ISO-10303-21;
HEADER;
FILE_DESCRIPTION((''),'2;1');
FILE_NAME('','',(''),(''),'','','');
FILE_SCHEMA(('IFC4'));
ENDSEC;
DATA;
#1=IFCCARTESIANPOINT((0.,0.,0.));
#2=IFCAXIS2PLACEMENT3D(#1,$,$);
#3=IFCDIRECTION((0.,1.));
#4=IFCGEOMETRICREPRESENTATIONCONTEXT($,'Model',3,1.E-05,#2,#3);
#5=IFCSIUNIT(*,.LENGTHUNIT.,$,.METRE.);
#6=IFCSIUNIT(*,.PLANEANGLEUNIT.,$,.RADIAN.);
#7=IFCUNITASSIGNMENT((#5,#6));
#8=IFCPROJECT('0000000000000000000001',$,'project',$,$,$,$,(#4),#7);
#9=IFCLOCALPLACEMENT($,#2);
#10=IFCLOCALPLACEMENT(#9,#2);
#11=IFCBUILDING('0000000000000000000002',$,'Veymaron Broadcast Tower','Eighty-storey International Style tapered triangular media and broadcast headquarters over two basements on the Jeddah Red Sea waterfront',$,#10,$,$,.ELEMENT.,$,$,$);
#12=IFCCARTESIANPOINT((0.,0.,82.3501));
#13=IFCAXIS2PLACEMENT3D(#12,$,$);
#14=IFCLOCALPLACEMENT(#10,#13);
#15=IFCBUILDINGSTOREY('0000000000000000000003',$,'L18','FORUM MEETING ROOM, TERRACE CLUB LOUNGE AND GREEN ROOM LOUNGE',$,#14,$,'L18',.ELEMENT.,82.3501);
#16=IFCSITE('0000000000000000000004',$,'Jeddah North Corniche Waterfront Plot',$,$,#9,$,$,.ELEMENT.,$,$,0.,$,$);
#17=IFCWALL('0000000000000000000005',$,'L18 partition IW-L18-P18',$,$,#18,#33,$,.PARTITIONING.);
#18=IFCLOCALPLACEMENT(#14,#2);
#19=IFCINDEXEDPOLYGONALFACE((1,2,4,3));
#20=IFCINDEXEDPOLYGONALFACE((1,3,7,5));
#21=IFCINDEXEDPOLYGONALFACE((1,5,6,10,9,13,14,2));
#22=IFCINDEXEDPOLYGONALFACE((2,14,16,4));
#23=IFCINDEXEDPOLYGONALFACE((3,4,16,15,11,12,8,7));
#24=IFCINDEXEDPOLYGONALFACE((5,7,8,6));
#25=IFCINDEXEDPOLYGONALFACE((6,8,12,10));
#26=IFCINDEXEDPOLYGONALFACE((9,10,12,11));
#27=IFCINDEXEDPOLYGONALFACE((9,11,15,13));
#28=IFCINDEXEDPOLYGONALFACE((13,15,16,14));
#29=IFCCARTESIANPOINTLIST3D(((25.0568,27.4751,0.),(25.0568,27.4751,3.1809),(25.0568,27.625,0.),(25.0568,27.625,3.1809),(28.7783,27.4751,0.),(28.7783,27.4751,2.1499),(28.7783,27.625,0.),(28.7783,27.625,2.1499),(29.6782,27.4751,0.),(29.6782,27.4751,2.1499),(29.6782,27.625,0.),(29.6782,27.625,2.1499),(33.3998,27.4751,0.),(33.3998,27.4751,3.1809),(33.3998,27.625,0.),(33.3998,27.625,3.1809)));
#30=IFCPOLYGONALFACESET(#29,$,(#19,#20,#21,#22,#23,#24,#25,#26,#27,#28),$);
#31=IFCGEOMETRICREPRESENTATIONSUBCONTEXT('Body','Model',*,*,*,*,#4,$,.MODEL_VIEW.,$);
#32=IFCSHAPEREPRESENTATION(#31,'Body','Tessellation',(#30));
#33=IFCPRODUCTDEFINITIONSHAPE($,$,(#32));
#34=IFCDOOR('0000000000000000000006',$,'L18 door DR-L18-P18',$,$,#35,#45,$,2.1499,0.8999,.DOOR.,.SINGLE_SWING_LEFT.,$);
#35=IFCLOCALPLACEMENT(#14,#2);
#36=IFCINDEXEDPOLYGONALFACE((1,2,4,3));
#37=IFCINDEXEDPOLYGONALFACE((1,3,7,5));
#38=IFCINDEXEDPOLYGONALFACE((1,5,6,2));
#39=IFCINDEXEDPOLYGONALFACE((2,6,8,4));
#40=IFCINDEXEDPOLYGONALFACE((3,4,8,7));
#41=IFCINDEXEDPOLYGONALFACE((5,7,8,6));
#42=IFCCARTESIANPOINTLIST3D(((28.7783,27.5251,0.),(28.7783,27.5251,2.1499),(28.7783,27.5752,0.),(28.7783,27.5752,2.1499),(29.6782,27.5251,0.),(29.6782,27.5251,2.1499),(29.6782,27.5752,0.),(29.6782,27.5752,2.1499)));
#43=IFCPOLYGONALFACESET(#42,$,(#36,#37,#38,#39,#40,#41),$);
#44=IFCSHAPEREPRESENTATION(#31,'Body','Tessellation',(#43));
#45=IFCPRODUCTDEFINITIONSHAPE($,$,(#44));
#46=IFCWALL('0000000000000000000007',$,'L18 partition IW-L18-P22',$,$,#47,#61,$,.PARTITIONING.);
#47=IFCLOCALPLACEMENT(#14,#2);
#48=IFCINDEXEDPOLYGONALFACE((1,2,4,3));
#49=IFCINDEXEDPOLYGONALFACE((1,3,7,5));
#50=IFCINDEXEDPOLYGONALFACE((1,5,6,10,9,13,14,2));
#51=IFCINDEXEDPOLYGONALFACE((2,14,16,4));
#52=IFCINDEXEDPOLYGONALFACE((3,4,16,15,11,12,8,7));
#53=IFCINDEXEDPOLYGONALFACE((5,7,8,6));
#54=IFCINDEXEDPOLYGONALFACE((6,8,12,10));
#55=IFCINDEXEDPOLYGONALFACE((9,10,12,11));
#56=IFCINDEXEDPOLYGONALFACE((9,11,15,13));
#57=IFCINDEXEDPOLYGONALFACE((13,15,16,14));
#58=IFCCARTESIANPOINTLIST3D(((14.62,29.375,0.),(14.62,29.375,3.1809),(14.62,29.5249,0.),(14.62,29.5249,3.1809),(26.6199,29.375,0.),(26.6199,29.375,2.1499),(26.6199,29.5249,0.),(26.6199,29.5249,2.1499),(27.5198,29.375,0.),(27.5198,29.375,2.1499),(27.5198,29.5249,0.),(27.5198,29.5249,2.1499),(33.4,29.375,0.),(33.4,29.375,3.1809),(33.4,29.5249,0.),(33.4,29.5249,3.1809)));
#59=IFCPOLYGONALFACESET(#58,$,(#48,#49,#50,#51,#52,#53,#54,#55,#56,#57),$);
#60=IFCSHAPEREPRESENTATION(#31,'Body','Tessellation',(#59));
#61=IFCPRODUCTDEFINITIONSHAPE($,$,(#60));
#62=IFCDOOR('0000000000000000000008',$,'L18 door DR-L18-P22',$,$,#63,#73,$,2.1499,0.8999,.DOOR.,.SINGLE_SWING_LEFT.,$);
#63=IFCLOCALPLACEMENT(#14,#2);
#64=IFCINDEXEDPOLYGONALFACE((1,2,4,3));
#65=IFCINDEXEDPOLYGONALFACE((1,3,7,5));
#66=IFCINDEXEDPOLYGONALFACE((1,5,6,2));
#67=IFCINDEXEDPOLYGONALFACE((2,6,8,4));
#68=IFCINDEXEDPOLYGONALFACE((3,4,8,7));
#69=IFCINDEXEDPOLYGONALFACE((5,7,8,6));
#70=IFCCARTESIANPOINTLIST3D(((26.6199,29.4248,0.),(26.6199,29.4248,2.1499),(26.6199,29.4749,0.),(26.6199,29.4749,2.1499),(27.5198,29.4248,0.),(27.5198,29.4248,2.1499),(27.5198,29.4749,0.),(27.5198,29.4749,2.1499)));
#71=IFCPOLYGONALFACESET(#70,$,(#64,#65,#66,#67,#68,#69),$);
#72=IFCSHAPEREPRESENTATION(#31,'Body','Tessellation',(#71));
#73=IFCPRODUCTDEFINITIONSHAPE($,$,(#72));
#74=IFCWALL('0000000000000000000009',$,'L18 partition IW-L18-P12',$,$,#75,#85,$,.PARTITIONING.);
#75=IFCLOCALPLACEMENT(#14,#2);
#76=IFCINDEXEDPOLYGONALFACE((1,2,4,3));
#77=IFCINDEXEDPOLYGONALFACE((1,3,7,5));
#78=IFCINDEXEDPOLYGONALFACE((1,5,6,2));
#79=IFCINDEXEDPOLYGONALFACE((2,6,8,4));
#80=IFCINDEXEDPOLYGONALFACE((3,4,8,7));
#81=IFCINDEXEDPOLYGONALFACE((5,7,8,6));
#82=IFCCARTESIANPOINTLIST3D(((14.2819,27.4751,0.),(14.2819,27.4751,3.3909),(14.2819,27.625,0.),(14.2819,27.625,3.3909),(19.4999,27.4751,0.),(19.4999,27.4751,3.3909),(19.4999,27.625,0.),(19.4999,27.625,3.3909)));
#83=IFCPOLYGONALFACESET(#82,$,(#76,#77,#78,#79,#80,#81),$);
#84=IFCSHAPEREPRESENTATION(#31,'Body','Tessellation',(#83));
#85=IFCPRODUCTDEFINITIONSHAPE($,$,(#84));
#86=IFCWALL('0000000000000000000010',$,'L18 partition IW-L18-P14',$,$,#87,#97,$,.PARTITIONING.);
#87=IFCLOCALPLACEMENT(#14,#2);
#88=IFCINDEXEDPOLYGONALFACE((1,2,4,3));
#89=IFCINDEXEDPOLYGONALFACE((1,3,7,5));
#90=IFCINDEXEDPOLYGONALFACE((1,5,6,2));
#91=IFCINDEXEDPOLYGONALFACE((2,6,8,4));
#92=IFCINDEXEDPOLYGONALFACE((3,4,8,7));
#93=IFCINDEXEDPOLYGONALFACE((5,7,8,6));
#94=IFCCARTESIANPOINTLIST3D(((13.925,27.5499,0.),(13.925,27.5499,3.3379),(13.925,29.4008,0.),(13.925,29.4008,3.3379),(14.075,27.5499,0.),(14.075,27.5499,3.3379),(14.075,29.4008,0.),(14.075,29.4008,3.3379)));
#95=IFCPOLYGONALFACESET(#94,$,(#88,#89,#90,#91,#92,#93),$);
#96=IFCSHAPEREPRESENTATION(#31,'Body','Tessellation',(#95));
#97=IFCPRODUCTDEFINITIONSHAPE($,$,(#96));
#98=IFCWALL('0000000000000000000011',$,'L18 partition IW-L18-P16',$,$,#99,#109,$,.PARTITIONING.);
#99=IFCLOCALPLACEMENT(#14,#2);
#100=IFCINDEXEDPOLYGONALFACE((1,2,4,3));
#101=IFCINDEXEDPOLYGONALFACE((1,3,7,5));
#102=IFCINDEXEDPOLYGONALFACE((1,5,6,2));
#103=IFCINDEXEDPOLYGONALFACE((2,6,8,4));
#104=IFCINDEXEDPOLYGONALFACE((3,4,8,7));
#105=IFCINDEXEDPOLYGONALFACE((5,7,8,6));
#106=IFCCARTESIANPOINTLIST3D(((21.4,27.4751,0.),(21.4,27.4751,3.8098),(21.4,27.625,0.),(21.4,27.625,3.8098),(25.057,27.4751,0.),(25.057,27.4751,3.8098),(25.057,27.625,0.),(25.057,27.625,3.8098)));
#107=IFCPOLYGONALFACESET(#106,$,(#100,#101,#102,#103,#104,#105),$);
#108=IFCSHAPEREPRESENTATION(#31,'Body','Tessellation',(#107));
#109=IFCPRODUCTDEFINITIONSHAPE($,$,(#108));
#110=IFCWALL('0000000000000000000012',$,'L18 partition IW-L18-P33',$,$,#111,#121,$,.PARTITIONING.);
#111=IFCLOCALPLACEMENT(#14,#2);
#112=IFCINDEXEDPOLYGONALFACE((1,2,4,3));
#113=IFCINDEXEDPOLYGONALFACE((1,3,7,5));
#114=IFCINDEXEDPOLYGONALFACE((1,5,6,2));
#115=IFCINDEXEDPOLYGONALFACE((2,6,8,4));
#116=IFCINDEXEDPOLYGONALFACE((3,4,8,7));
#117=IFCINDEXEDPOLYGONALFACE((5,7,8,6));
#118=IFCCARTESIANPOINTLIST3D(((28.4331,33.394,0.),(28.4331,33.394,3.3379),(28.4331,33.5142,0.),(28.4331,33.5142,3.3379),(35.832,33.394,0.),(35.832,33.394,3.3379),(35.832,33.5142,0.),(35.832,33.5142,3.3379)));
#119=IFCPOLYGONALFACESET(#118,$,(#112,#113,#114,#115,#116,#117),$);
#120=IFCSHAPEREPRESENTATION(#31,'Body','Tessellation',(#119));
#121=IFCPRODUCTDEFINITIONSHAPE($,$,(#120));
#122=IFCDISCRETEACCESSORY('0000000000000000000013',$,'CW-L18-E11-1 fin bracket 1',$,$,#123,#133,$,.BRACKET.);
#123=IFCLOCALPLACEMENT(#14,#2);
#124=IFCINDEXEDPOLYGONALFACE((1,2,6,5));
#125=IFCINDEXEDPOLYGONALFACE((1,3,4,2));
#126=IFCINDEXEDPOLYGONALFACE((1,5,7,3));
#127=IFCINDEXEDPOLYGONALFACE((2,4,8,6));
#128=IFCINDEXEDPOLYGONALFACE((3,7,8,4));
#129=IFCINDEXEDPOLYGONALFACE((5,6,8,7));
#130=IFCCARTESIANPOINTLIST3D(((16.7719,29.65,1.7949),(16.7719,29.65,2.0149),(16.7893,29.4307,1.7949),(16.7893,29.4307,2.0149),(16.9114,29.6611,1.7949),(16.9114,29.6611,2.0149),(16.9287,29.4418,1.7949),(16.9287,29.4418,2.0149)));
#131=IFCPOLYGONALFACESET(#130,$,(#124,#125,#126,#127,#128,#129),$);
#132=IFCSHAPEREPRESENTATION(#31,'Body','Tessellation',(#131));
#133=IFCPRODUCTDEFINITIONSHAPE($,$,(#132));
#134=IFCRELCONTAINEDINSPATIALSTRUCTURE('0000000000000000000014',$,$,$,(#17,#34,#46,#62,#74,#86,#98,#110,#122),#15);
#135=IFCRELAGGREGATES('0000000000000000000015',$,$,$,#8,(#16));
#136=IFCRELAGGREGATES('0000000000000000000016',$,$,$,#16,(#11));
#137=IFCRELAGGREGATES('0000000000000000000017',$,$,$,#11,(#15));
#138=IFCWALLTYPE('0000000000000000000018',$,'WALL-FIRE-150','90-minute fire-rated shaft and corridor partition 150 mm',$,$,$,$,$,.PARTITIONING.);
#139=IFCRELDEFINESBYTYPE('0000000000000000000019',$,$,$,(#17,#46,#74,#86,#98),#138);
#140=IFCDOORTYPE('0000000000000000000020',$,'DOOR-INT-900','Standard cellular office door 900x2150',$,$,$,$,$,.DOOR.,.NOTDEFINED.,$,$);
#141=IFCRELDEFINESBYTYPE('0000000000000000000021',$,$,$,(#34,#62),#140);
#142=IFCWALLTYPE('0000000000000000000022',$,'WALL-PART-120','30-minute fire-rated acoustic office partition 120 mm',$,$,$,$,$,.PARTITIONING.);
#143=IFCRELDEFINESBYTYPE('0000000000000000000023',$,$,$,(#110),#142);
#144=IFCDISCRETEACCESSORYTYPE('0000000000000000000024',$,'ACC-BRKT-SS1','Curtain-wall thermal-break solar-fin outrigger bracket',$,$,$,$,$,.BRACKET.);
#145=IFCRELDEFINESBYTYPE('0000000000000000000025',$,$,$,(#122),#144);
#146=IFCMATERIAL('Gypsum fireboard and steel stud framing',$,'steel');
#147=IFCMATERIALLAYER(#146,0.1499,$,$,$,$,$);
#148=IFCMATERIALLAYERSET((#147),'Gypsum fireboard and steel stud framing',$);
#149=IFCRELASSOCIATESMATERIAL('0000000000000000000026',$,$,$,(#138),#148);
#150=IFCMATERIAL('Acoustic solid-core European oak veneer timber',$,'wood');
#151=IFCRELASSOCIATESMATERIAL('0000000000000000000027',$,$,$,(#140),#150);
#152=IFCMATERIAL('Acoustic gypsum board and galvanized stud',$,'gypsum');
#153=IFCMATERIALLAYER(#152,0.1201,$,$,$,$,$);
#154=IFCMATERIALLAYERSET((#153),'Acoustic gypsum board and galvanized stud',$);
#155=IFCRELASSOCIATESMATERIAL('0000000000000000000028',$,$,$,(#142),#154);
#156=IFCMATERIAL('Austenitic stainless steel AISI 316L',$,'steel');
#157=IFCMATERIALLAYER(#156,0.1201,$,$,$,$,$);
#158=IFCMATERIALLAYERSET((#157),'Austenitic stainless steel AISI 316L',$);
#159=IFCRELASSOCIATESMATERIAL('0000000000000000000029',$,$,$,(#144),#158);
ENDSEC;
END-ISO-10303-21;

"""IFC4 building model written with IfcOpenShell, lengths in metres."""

from ifc_helpers import new_model, si_unit, direction, frame, frame_2d, origin, origin_2d, place, context, subcontext, project, spatial, rectangle, extrude, material, layer, layer_set, type_object, element, fill, save


model = new_model("IFC4")

# Units and contexts
model_context = context("Model", 3, precision=1e-05, world=origin(), true_north=direction((0.0, 1.0)))
body_context = subcontext(model_context, "Body", "Model", "MODEL_VIEW")
ifc_project = project(units=[si_unit("LENGTHUNIT", "METRE"), si_unit("PLANEANGLEUNIT", "RADIAN")], contexts=[model_context])

# Site, building, storey
site_placement = place(None, origin())
site = spatial("IfcSite", under=ifc_project, at=site_placement, Name="Jeddah North Corniche Waterfront Plot", CompositionType="ELEMENT", RefElevation=0.0)
building_placement = place(site_placement, origin())
building = spatial("IfcBuilding", under=site, at=building_placement, Name="Veymaron Broadcast Tower", Description="Eighty-storey International Style tapered triangular media and broadcast headquarters over two basements on the Jeddah Red Sea waterfront", CompositionType="ELEMENT")
storey_placement = place(building_placement, frame((0.0, 0.0, 82.3501)))
storey = spatial("IfcBuildingStorey", under=building, at=storey_placement, Name="L18", Description="FORUM MEETING ROOM, TERRACE CLUB LOUNGE AND GREEN ROOM LOUNGE", LongName="L18", CompositionType="ELEMENT", Elevation=82.3501)

# Walls, openings, doors
ifc_material_1 = material(Name="Gypsum fireboard and steel stud framing", Category="steel")
ifc_layer_1 = layer(ifc_material_1, 0.1499)
ifc_layer_set_1 = layer_set([ifc_layer_1], Name="Gypsum fireboard and steel stud framing")
wall_type_1 = type_object("IfcWallType", Name="WALL-FIRE-150", Description="90-minute fire-rated shaft and corridor partition 150 mm", PredefinedType="PARTITIONING", material=ifc_layer_set_1)
wall_1_placement = place(storey_placement, frame((25.0569, 27.55, 0.0), z_axis=(0.0, 0.0, 1.0), x_axis=(1.0, 0.0, 0.0)))
wall_1 = element("IfcWall", 1, at=wall_1_placement, inside=storey, type_object=wall_type_1, Name="L18 partition IW-L18-P18", PredefinedType="PARTITIONING", context=body_context, shape_type="SweptSolid", body=[
    extrude(rectangle(XDim=8.343, YDim=0.1499, at=frame_2d((4.1714, 0.0))), origin(), (0.0, 0.0, 1.0), 3.1809),
])
opening_1_placement = place(wall_1_placement, frame((3.7214, 0.0, 0.0)))
opening_1 = element("IfcOpeningElement", 2, at=opening_1_placement, cuts=wall_1, PredefinedType="OPENING", context=body_context, shape_type="SweptSolid", body=[
    extrude(rectangle(XDim=0.8999, YDim=2.1499, at=frame_2d((0.45, 1.075))), frame((0.0, 0.085, 0.0), z_axis=(0.0, -1.0, 0.0), x_axis=(1.0, 0.0, 0.0)), (0.0, 0.0, 1.0), 0.1699),
])
ifc_material_2 = material(Name="Acoustic solid-core European oak veneer timber", Category="wood")
door_type = type_object("IfcDoorType", Name="DOOR-INT-900", Description="Standard cellular office door 900x2150", OperationType="NOTDEFINED", PredefinedType="DOOR", material=ifc_material_2)
door_1_placement = place(opening_1_placement, frame((0.8999, 0.0, 0.0), z_axis=(0.0, 0.0, 1.0), x_axis=(-1.0, 0.0, 0.0)))
door_1 = element("IfcDoor", 3, at=door_1_placement, inside=storey, type_object=door_type, Name="L18 door DR-L18-P18", OperationType="SINGLE_SWING_LEFT", OverallHeight=2.1499, OverallWidth=0.8999, PredefinedType="DOOR", context=body_context, shape_type="SweptSolid", body=[
    extrude(rectangle(XDim=0.8999, YDim=2.1499, at=frame_2d((0.45, 1.075))), frame((0.0, 0.0249, 0.0), z_axis=(0.0, -1.0, 0.0), x_axis=(1.0, 0.0, 0.0)), (0.0, 0.0, 1.0), 0.05),
])
fill(opening_1, door_1)
wall_2_placement = place(storey_placement, frame((14.6199, 29.45, 0.0), z_axis=(0.0, 0.0, 1.0), x_axis=(1.0, 0.0, 0.0)))
wall_2 = element("IfcWall", 4, at=wall_2_placement, inside=storey, type_object=wall_type_1, Name="L18 partition IW-L18-P22", PredefinedType="PARTITIONING", context=body_context, shape_type="SweptSolid", body=[
    extrude(rectangle(XDim=18.78, YDim=0.1499, at=frame_2d((9.3901, 0.0))), origin(), (0.0, 0.0, 1.0), 3.1809),
])
opening_2_placement = place(wall_2_placement, frame((12.0, 0.0, 0.0)))
opening_2 = element("IfcOpeningElement", 5, at=opening_2_placement, cuts=wall_2, PredefinedType="OPENING", context=body_context, shape_type="SweptSolid", body=[
    extrude(rectangle(XDim=0.8999, YDim=2.1499, at=frame_2d((0.45, 1.075))), frame((0.0, 0.085, 0.0), z_axis=(0.0, -1.0, 0.0), x_axis=(1.0, 0.0, 0.0)), (0.0, 0.0, 1.0), 0.1699),
])
door_2_placement = place(opening_2_placement, origin())
door_2 = element("IfcDoor", 6, at=door_2_placement, inside=storey, type_object=door_type, Name="L18 door DR-L18-P22", OperationType="SINGLE_SWING_LEFT", OverallHeight=2.1499, OverallWidth=0.8999, PredefinedType="DOOR", context=body_context, shape_type="SweptSolid", body=[
    extrude(rectangle(XDim=0.8999, YDim=2.1499, at=frame_2d((0.45, 1.075))), frame((0.0, 0.0249, 0.0), z_axis=(0.0, -1.0, 0.0), x_axis=(1.0, 0.0, 0.0)), (0.0, 0.0, 1.0), 0.05),
])
fill(opening_2, door_2)

# Walls
wall_3_placement = place(storey_placement, frame((14.282, 27.55, 0.0), z_axis=(0.0, 0.0, 1.0), x_axis=(1.0, 0.0, 0.0)))
element("IfcWall", 7, at=wall_3_placement, inside=storey, type_object=wall_type_1, Name="L18 partition IW-L18-P12", PredefinedType="PARTITIONING", context=body_context, shape_type="SweptSolid", body=[
    extrude(rectangle(XDim=5.218, YDim=0.1499, at=frame_2d((2.6089, 0.0))), origin(), (0.0, 0.0, 1.0), 3.3909),
])
wall_4_placement = place(storey_placement, frame((14.0, 27.55, 0.0), z_axis=(0.0, 0.0, 1.0), x_axis=(0.0, 1.0, 0.0)))
element("IfcWall", 8, at=wall_4_placement, inside=storey, type_object=wall_type_1, Name="L18 partition IW-L18-P14", PredefinedType="PARTITIONING", context=body_context, shape_type="SweptSolid", body=[
    extrude(rectangle(XDim=1.8508, YDim=0.1499, at=frame_2d((0.9253, 0.0))), origin(), (0.0, 0.0, 1.0), 3.3379),
])
wall_5_placement = place(storey_placement, frame((21.3999, 27.55, 0.0), z_axis=(0.0, 0.0, 1.0), x_axis=(1.0, 0.0, 0.0)))
element("IfcWall", 9, at=wall_5_placement, inside=storey, type_object=wall_type_1, Name="L18 partition IW-L18-P16", PredefinedType="PARTITIONING", context=body_context, shape_type="SweptSolid", body=[
    extrude(rectangle(XDim=3.657, YDim=0.1499, at=frame_2d((1.8286, 0.0))), origin(), (0.0, 0.0, 1.0), 3.8098),
])
ifc_material_3 = material(Name="Acoustic gypsum board and galvanized stud", Category="gypsum")
ifc_layer_2 = layer(ifc_material_3, 0.1201)
ifc_layer_set_2 = layer_set([ifc_layer_2], Name="Acoustic gypsum board and galvanized stud")
wall_type_2 = type_object("IfcWallType", Name="WALL-PART-120", Description="30-minute fire-rated acoustic office partition 120 mm", PredefinedType="PARTITIONING", material=ifc_layer_set_2)
wall_6_placement = place(storey_placement, frame((28.4331, 33.4541, 0.0), z_axis=(0.0, 0.0, 1.0), x_axis=(1.0, 0.0, 0.0)))
element("IfcWall", 10, at=wall_6_placement, inside=storey, type_object=wall_type_2, Name="L18 partition IW-L18-P33", PredefinedType="PARTITIONING", context=body_context, shape_type="SweptSolid", body=[
    extrude(rectangle(XDim=7.3989, YDim=0.1201, at=frame_2d((3.6995, 0.0))), origin(), (0.0, 0.0, 1.0), 3.3379),
])

# Discrete accessory
ifc_material_4 = material(Name="Austenitic stainless steel AISI 316L", Category="steel")
ifc_layer_3 = layer(ifc_material_4, 0.1201)
ifc_layer_set_3 = layer_set([ifc_layer_3], Name="Austenitic stainless steel AISI 316L")
discrete_accessory_type = type_object("IfcDiscreteAccessoryType", Name="ACC-BRKT-SS1", Description="Curtain-wall thermal-break solar-fin outrigger bracket", PredefinedType="BRACKET", material=ifc_layer_set_3)
discrete_accessory_placement = place(storey_placement, frame((16.8503, 29.5459, 1.7949), z_axis=(0.0, 0.0, 1.0), x_axis=(-0.078772, 0.996893, 0.0)))
element("IfcDiscreteAccessory", 11, at=discrete_accessory_placement, inside=storey, type_object=discrete_accessory_type, Name="CW-L18-E11-1 fin bracket 1", PredefinedType="BRACKET", context=body_context, shape_type="SweptSolid", body=[
    extrude(rectangle(XDim=0.22, YDim=0.1399, at=origin_2d()), origin(), (0.0, 0.0, 1.0), 0.22),
])

save(model, "model.ifc")
